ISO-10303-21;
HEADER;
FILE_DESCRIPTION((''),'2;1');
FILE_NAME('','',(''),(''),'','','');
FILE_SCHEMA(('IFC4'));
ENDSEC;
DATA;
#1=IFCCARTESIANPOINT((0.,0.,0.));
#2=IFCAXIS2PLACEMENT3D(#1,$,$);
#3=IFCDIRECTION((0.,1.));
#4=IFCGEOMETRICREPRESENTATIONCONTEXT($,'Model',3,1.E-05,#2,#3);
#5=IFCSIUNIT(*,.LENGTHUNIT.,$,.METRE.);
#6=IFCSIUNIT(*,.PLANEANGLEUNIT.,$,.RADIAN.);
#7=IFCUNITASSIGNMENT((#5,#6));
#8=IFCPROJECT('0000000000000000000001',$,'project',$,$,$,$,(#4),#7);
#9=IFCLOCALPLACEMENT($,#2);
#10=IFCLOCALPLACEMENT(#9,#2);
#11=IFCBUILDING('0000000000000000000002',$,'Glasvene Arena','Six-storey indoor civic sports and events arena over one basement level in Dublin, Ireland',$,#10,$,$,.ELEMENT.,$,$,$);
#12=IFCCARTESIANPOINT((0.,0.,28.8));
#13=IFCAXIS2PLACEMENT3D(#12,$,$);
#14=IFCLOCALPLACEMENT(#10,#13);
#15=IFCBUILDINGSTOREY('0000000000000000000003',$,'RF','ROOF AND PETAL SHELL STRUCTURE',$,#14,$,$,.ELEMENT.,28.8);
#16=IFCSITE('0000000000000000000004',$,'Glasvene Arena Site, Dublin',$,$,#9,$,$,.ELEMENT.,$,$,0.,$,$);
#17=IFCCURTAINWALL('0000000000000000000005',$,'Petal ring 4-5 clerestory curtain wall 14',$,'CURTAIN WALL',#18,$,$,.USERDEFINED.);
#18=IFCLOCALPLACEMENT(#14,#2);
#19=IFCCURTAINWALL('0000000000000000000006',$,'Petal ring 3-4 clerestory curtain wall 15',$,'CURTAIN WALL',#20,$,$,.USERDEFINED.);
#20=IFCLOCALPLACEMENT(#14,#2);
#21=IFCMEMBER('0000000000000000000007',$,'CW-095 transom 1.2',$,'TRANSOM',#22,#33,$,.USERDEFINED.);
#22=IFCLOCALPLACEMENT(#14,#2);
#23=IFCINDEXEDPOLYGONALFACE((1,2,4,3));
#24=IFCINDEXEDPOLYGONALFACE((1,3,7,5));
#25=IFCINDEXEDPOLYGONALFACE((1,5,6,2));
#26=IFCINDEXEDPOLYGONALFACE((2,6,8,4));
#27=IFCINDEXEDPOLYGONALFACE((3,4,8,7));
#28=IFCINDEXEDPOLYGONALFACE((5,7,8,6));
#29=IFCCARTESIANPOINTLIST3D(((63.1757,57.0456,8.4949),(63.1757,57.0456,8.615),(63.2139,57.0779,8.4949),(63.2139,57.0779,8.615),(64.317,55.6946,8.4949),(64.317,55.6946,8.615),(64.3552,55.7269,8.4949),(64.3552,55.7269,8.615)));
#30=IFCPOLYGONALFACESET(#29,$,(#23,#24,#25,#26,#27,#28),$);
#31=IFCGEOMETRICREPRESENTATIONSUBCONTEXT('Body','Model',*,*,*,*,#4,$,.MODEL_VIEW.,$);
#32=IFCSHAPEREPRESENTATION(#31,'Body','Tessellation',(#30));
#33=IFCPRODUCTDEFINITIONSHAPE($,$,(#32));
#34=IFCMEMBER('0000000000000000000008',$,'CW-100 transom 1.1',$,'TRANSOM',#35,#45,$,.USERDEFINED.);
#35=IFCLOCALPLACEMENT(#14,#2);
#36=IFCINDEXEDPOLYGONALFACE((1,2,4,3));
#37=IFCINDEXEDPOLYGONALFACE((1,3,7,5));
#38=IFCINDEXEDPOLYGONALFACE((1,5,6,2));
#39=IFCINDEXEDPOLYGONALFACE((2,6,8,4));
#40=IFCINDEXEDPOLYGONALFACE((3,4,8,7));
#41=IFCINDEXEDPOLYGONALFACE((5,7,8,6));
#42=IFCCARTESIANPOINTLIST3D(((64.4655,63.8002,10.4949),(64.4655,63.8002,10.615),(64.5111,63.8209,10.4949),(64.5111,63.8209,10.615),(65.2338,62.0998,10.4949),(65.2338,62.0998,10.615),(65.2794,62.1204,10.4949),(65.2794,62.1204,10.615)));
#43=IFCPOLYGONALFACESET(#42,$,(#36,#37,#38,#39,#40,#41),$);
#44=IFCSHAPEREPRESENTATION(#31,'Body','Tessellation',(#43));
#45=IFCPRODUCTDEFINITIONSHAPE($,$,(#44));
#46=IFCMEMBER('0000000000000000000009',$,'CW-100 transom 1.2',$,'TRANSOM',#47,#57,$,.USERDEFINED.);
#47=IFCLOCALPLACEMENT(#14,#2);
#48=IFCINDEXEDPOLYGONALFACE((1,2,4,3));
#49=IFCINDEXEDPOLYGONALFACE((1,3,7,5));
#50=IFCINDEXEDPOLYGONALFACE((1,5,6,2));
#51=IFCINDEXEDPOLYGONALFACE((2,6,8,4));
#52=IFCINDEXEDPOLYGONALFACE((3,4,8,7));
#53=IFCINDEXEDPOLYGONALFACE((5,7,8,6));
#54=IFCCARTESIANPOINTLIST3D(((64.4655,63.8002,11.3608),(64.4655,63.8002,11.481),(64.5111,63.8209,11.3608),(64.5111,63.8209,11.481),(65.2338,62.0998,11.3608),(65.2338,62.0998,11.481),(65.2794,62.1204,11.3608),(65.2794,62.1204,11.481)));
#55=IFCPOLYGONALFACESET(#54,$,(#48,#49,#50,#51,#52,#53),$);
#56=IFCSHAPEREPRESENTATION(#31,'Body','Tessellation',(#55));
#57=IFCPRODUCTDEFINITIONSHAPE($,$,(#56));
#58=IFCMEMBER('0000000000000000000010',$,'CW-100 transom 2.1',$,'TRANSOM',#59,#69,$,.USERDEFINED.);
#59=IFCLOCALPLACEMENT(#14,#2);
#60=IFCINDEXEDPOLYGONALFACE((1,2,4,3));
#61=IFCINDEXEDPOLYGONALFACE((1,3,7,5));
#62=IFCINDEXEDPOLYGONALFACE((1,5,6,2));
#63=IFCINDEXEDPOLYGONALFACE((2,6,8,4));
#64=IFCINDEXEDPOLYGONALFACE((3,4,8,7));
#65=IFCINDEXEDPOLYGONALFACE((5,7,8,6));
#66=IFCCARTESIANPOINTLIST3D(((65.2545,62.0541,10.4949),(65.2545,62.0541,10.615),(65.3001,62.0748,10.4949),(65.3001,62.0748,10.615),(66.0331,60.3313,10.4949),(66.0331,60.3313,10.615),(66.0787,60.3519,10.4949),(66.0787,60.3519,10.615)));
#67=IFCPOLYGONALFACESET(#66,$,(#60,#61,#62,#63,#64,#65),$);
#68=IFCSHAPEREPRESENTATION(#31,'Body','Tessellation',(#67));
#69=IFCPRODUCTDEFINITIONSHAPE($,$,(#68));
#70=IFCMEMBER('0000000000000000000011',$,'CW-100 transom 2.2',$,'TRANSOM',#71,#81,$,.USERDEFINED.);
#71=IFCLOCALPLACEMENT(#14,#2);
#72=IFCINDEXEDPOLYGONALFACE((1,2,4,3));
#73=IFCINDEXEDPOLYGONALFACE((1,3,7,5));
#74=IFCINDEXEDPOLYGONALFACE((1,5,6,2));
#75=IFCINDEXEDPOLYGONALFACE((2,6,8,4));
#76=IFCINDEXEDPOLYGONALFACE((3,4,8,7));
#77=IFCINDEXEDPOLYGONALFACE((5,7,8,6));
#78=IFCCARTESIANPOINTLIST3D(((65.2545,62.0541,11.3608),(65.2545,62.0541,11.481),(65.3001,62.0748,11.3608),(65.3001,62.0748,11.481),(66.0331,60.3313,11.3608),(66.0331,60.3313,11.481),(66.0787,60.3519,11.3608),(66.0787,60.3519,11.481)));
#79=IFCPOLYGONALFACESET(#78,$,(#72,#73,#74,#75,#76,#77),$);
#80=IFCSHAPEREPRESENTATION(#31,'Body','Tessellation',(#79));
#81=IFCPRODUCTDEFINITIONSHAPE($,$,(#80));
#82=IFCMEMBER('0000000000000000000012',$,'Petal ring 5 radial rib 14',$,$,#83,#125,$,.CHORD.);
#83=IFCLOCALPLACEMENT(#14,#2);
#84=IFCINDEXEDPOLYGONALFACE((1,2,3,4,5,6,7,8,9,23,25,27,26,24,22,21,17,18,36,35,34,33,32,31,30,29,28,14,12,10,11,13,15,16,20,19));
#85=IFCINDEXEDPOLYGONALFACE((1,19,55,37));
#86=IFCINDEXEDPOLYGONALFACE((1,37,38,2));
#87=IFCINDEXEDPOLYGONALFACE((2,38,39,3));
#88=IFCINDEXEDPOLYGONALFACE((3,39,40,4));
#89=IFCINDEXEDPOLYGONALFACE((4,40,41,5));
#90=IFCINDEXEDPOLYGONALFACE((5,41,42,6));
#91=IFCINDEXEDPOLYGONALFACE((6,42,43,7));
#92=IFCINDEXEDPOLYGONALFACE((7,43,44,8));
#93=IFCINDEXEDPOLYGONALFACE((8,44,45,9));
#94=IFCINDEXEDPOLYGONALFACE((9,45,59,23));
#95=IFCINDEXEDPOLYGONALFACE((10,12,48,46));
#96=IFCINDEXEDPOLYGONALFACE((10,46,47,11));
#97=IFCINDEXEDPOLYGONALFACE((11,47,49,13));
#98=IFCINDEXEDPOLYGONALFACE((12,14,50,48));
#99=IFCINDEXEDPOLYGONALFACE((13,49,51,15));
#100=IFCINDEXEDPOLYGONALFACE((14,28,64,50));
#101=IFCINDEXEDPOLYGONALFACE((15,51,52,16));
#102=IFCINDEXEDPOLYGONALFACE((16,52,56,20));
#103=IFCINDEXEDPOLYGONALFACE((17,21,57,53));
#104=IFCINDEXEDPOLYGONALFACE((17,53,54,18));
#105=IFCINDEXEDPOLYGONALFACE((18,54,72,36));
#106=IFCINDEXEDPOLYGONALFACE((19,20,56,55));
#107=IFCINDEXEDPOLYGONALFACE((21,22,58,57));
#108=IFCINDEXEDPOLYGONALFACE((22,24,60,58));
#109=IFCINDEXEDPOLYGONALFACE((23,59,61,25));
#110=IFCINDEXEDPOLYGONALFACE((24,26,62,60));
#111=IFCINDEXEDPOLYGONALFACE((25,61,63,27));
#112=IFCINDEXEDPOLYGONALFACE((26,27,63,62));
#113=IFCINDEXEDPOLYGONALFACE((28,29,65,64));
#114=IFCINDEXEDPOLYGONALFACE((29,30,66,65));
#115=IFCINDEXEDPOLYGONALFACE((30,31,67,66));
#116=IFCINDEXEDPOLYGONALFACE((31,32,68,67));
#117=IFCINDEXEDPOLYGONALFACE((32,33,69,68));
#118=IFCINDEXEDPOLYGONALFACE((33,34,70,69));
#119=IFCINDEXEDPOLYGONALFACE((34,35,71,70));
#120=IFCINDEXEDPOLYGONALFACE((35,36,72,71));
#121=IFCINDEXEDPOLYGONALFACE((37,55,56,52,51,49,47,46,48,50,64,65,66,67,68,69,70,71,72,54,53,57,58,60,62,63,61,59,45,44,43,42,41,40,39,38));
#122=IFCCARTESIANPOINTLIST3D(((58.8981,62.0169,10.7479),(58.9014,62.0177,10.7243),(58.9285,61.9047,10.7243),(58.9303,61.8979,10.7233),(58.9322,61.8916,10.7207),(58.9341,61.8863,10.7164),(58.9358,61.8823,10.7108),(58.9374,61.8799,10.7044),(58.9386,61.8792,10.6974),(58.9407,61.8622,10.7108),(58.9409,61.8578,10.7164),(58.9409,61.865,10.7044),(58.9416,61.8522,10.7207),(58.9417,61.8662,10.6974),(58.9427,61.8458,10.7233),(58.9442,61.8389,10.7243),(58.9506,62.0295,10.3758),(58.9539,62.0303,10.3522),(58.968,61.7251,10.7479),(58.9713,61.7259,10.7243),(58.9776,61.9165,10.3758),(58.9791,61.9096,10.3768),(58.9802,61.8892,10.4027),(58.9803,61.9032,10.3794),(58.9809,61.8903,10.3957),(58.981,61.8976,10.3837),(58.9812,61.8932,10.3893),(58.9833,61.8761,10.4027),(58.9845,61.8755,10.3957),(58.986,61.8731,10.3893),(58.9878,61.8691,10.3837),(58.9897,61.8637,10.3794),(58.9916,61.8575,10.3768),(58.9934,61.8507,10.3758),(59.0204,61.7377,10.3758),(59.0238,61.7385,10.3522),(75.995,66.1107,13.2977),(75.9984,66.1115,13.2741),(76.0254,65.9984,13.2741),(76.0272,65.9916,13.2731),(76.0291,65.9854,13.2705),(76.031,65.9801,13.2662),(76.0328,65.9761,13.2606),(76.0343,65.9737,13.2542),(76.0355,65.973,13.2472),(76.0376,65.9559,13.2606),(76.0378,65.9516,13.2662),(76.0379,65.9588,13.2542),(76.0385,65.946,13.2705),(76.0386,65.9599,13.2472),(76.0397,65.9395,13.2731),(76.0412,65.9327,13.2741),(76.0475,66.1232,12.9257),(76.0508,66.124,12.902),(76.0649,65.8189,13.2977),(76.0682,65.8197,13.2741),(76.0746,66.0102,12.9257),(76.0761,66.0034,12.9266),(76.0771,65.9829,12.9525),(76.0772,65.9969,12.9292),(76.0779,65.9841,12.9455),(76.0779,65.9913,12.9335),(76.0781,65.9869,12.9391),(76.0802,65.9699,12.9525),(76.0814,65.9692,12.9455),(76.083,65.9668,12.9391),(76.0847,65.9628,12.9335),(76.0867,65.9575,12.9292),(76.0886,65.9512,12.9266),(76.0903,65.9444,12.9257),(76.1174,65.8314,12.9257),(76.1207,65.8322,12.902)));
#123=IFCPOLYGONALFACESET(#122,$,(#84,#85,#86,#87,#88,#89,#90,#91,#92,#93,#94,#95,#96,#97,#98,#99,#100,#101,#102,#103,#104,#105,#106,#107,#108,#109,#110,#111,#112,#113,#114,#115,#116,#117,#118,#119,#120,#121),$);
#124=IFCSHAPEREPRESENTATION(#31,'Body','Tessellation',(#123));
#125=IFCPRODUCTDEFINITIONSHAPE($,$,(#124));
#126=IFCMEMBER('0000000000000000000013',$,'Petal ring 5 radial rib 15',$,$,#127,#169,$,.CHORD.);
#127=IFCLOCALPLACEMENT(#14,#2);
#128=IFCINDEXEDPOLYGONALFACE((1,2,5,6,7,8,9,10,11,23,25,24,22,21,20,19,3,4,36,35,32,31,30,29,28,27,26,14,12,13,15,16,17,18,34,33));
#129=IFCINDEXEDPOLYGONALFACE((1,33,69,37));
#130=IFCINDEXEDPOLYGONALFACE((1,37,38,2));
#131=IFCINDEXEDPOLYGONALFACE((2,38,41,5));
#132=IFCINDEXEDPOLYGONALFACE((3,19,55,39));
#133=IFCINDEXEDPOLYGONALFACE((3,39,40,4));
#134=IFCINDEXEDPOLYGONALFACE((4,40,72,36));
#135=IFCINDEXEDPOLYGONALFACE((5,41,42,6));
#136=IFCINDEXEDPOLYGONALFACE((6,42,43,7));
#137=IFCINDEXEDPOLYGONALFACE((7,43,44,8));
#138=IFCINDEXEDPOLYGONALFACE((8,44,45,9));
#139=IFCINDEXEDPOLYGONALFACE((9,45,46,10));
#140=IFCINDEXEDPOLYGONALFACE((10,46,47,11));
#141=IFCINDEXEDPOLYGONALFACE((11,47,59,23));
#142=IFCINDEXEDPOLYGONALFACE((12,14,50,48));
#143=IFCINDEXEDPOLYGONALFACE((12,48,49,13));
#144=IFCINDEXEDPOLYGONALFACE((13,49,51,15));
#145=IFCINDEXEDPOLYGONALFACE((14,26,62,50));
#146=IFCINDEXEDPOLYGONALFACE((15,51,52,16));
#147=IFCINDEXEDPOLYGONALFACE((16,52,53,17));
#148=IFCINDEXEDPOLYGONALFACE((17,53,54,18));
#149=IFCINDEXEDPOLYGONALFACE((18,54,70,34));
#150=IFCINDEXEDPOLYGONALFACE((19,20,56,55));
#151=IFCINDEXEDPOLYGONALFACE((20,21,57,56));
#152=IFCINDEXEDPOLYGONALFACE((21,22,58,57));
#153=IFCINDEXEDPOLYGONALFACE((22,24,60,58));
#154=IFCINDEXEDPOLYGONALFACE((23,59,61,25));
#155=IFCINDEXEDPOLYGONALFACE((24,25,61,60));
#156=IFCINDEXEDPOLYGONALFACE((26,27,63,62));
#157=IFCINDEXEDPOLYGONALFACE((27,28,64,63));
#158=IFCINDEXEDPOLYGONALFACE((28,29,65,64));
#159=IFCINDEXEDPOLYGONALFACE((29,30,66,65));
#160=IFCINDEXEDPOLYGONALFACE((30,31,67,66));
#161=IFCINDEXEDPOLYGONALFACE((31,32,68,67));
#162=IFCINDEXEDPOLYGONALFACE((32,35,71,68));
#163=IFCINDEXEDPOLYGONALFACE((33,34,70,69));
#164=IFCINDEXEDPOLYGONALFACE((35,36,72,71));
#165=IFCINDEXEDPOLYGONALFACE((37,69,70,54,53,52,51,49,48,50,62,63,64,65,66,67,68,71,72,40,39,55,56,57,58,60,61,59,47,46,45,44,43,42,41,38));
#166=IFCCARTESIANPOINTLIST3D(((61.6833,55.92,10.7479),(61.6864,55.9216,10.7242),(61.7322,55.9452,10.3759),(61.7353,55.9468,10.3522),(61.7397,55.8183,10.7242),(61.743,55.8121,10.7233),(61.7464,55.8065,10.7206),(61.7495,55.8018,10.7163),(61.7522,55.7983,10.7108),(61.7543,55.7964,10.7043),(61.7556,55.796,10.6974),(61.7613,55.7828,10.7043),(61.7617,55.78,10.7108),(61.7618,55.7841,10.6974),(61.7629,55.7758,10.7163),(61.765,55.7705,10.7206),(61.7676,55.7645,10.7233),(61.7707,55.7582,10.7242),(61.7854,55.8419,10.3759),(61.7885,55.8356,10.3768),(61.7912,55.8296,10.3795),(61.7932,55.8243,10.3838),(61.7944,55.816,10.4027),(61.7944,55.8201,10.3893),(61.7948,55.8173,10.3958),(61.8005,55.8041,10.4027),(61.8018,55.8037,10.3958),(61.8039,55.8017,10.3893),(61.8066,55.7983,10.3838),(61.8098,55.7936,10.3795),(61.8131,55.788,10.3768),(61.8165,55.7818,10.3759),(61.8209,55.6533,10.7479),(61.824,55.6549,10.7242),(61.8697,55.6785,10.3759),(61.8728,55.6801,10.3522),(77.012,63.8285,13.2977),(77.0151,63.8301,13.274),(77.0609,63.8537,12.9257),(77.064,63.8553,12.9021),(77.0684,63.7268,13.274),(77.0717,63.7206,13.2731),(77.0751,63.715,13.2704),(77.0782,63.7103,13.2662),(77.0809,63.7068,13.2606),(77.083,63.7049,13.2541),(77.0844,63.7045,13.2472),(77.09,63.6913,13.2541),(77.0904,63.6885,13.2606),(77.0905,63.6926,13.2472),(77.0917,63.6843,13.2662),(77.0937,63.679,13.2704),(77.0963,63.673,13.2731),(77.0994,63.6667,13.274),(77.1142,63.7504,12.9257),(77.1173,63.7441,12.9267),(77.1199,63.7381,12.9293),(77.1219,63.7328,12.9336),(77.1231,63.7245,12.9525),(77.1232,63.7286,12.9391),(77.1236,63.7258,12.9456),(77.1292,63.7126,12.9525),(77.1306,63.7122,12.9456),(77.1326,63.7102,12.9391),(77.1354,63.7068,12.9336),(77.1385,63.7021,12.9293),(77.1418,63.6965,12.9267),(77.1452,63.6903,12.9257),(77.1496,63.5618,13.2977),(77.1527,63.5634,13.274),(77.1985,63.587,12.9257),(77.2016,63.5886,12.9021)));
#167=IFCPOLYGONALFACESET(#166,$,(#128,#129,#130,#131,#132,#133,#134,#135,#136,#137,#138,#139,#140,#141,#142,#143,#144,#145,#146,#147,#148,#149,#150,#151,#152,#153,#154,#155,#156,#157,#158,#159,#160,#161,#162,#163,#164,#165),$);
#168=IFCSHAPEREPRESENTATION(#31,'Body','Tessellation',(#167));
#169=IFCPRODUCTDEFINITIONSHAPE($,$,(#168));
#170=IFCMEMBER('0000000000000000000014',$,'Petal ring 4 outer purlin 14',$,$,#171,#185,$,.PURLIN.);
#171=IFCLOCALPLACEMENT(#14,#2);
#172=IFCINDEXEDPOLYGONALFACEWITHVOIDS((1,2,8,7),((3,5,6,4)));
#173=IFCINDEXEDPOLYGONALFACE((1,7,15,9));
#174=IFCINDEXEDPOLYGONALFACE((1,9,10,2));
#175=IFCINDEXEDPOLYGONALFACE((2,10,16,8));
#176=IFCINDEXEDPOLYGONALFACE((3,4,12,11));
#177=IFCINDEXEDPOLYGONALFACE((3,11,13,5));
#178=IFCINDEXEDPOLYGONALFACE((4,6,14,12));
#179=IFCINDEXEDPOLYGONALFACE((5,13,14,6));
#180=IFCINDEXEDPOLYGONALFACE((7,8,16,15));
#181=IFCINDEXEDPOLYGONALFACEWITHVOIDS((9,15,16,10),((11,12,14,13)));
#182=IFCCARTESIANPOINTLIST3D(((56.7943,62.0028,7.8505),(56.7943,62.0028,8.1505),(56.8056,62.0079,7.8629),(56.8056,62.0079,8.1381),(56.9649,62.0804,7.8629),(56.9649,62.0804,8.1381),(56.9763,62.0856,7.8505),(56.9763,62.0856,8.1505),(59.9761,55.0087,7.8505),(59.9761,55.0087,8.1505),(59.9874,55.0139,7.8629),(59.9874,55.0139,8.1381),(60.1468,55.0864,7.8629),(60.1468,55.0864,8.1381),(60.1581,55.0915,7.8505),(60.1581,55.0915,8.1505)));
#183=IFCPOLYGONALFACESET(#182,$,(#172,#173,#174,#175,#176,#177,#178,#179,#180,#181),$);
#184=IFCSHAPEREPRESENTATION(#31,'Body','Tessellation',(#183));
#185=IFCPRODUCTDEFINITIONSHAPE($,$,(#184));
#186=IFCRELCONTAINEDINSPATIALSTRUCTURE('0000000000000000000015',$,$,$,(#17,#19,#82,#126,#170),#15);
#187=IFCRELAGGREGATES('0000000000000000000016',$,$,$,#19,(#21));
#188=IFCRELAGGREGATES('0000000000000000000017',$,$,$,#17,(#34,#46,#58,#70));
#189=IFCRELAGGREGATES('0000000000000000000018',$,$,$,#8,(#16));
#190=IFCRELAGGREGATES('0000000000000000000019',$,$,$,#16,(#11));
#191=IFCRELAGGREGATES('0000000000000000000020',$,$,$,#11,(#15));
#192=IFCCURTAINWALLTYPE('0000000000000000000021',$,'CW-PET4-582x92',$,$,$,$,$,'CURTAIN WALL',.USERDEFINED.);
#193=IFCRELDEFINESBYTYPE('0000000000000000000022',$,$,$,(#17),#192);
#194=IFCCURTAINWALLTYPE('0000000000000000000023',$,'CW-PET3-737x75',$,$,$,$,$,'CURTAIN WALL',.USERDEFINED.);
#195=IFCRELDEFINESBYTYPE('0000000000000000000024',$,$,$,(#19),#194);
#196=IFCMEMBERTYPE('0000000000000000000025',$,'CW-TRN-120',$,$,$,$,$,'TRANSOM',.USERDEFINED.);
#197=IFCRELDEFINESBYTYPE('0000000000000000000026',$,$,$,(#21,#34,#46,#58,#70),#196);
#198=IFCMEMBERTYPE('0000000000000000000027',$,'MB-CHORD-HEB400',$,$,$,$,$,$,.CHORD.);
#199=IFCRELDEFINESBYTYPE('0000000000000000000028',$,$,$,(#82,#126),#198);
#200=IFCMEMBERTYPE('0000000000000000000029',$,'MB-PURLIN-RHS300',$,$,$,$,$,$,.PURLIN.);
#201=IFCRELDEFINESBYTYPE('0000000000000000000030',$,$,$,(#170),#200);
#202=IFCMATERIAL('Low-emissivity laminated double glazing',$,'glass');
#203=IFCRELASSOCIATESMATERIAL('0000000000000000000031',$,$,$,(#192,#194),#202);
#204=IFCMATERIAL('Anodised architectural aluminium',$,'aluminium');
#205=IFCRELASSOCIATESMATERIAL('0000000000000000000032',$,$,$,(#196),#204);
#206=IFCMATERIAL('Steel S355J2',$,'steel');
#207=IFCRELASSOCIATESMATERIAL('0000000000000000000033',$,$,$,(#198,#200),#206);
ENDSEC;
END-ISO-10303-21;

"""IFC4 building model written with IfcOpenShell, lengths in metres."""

from ifc_helpers import new_model, si_unit, direction, frame, origin, origin_2d, place, context, subcontext, project, spatial, rectangle, hollow_rectangle, i_section, extrude, material, material_profile, profile_set, type_object, element, aggregate, save


model = new_model("IFC4")

# Units and contexts
model_context = context("Model", 3, precision=1e-05, world=origin(), true_north=direction((0.0, 1.0)))
body_context = subcontext(model_context, "Body", "Model", "MODEL_VIEW")
ifc_project = project(units=[si_unit("LENGTHUNIT", "METRE"), si_unit("PLANEANGLEUNIT", "RADIAN")], contexts=[model_context])

# Site, building, storey
site_placement = place(None, origin())
site = spatial("IfcSite", under=ifc_project, at=site_placement, Name="Glasvene Arena Site, Dublin", CompositionType="ELEMENT", RefElevation=0.0)
building_placement = place(site_placement, origin())
building = spatial("IfcBuilding", under=site, at=building_placement, Name="Glasvene Arena", Description="Six-storey indoor civic sports and events arena over one basement level in Dublin, Ireland", CompositionType="ELEMENT")
storey_placement = place(building_placement, frame((0.0, 0.0, 28.8)))
storey = spatial("IfcBuildingStorey", under=building, at=storey_placement, Name="RF", Description="ROOF AND PETAL SHELL STRUCTURE", CompositionType="ELEMENT", Elevation=28.8)

# Shared definitions
ifc_material_1 = material(Name="Low-emissivity laminated double glazing", Category="glass")
ifc_material_2 = material(Name="Anodised architectural aluminium", Category="aluminium")

# Curtain wall
curtain_wall_type_1 = type_object("IfcCurtainWallType", Name="CW-PET4-582x92", ElementType="CURTAIN WALL", PredefinedType="USERDEFINED", material=ifc_material_1)
curtain_wall_1_placement = place(storey_placement, frame((64.4678, 63.856, 0.0)))
curtain_wall_1 = element("IfcCurtainWall", 1, at=curtain_wall_1_placement, inside=storey, type_object=curtain_wall_type_1, Name="Petal ring 4-5 clerestory curtain wall 14", ObjectType="CURTAIN WALL", PredefinedType="USERDEFINED")

# Shared definitions
ifc_material_profile_1 = material_profile(ifc_material_2, rectangle(XDim=0.05, YDim=0.1201, at=origin_2d()), Name="ALU TRANSOM 50x120")
ifc_profile_set_1 = profile_set([ifc_material_profile_1], Name="Anodised architectural aluminium")
member_type_1 = type_object("IfcMemberType", Name="CW-TRN-120", ElementType="TRANSOM", PredefinedType="USERDEFINED", material=ifc_profile_set_1)

# Curtain wall, member
curtain_wall_type_2 = type_object("IfcCurtainWallType", Name="CW-PET3-737x75", ElementType="CURTAIN WALL", PredefinedType="USERDEFINED", material=ifc_material_1)
curtain_wall_2_placement = place(storey_placement, frame((63.1626, 57.1001, 0.0)))
curtain_wall_2 = element("IfcCurtainWall", 2, at=curtain_wall_2_placement, inside=storey, type_object=curtain_wall_type_2, Name="Petal ring 3-4 clerestory curtain wall 15", ObjectType="CURTAIN WALL", PredefinedType="USERDEFINED")
member_1_placement = place(storey_placement, frame((63.1948, 57.0618, 8.5549), z_axis=(0.645329, -0.763904, 0.0), x_axis=(0.763904, 0.645329, 0.0)))
member_1 = element("IfcMember", 3, at=member_1_placement, type_object=member_type_1, Name="CW-095 transom 1.2", ObjectType="TRANSOM", PredefinedType="USERDEFINED", context=body_context, shape_type="SweptSolid", body=[
    extrude(rectangle(XDim=0.05, YDim=0.1201, at=origin_2d()), origin(), (0.0, 0.0, 1.0), 1.7686),
])

# Members
member_2_placement = place(storey_placement, frame((64.4883, 63.8105, 10.5549), z_axis=(0.411751, -0.911296, 0.0), x_axis=(0.911296, 0.411751, 0.0)))
member_2 = element("IfcMember", 4, at=member_2_placement, type_object=member_type_1, Name="CW-100 transom 1.1", ObjectType="TRANSOM", PredefinedType="USERDEFINED", context=body_context, shape_type="SweptSolid", body=[
    extrude(rectangle(XDim=0.05, YDim=0.1201, at=origin_2d()), origin(), (0.0, 0.0, 1.0), 1.866),
])
member_3_placement = place(storey_placement, frame((64.4883, 63.8105, 11.4209), z_axis=(0.411751, -0.911296, 0.0), x_axis=(0.911296, 0.411751, 0.0)))
member_3 = element("IfcMember", 5, at=member_3_placement, type_object=member_type_1, Name="CW-100 transom 1.2", ObjectType="TRANSOM", PredefinedType="USERDEFINED", context=body_context, shape_type="SweptSolid", body=[
    extrude(rectangle(XDim=0.05, YDim=0.1201, at=origin_2d()), origin(), (0.0, 0.0, 1.0), 1.866),
])
member_4_placement = place(storey_placement, frame((65.2773, 62.0645, 10.5549), z_axis=(0.411798, -0.911275, 0.0), x_axis=(0.911275, 0.411798, 0.0)))
member_4 = element("IfcMember", 6, at=member_4_placement, type_object=member_type_1, Name="CW-100 transom 2.1", ObjectType="TRANSOM", PredefinedType="USERDEFINED", context=body_context, shape_type="SweptSolid", body=[
    extrude(rectangle(XDim=0.05, YDim=0.1201, at=origin_2d()), origin(), (0.0, 0.0, 1.0), 1.8906),
])
member_5_placement = place(storey_placement, frame((65.2773, 62.0645, 11.4209), z_axis=(0.411798, -0.911275, 0.0), x_axis=(0.911275, 0.411798, 0.0)))
member_5 = element("IfcMember", 7, at=member_5_placement, type_object=member_type_1, Name="CW-100 transom 2.2", ObjectType="TRANSOM", PredefinedType="USERDEFINED", context=body_context, shape_type="SweptSolid", body=[
    extrude(rectangle(XDim=0.05, YDim=0.1201, at=origin_2d()), origin(), (0.0, 0.0, 1.0), 1.8906),
])

# Members
ifc_material_3 = material(Name="Steel S355J2", Category="steel")
ifc_material_profile_2 = material_profile(ifc_material_3, i_section(OverallWidth=0.3, OverallDepth=0.3999, WebThickness=0.0134, FlangeThickness=0.0239, FilletRadius=0.0271, at=origin_2d()), Name="HEB 400")
ifc_profile_set_2 = profile_set([ifc_material_profile_2], Name="Steel S355J2")
member_type_2 = type_object("IfcMemberType", Name="MB-CHORD-HEB400", PredefinedType="CHORD", material=ifc_profile_set_2)
member_6_placement = place(storey_placement, frame((58.9609, 61.8777, 10.55), z_axis=(0.96244, 0.23045, 0.143537), x_axis=(-0.232861, 0.97251, 0.0)))
element("IfcMember", 8, at=member_6_placement, inside=storey, type_object=member_type_2, Name="Petal ring 5 radial rib 14", PredefinedType="CHORD", context=body_context, shape_type="SweptSolid", body=[
    extrude(i_section(OverallWidth=0.3, OverallDepth=0.3999, WebThickness=0.0134, FlangeThickness=0.0239, FilletRadius=0.0271, at=origin_2d()), origin(), (0.0, 0.0, 1.0), 17.7642),
])
member_7_placement = place(storey_placement, frame((61.7781, 55.8, 10.55), z_axis=(0.87914, 0.453572, 0.146239), x_axis=(-0.458501, 0.888694, 0.0)))
element("IfcMember", 9, at=member_7_placement, inside=storey, type_object=member_type_2, Name="Petal ring 5 radial rib 15", PredefinedType="CHORD", context=body_context, shape_type="SweptSolid", body=[
    extrude(i_section(OverallWidth=0.3, OverallDepth=0.3999, WebThickness=0.0134, FlangeThickness=0.0239, FilletRadius=0.0271, at=origin_2d()), origin(), (0.0, 0.0, 1.0), 17.436),
])
ifc_material_profile_3 = material_profile(ifc_material_3, hollow_rectangle(XDim=0.2, YDim=0.3, WallThickness=0.0125, at=origin_2d()), Name="RHS 300x200x12.5")
ifc_profile_set_3 = profile_set([ifc_material_profile_3], Name="Steel S355J2")
member_type_3 = type_object("IfcMemberType", Name="MB-PURLIN-RHS300", PredefinedType="PURLIN", material=ifc_profile_set_3)
member_8_placement = place(storey_placement, frame((56.8853, 62.0442, 8.0005), z_axis=(0.414097, -0.910233, 0.0), x_axis=(0.910233, 0.414097, 0.0)))
element("IfcMember", 10, at=member_8_placement, inside=storey, type_object=member_type_3, Name="Petal ring 4 outer purlin 14", PredefinedType="PURLIN", context=body_context, shape_type="SweptSolid", body=[
    extrude(hollow_rectangle(XDim=0.2, YDim=0.3, WallThickness=0.0125, at=origin_2d()), origin(), (0.0, 0.0, 1.0), 7.6838),
])

aggregate(curtain_wall_2, [member_1])
aggregate(curtain_wall_1, [member_2, member_3, member_4, member_5])

save(model, "model.ifc")
